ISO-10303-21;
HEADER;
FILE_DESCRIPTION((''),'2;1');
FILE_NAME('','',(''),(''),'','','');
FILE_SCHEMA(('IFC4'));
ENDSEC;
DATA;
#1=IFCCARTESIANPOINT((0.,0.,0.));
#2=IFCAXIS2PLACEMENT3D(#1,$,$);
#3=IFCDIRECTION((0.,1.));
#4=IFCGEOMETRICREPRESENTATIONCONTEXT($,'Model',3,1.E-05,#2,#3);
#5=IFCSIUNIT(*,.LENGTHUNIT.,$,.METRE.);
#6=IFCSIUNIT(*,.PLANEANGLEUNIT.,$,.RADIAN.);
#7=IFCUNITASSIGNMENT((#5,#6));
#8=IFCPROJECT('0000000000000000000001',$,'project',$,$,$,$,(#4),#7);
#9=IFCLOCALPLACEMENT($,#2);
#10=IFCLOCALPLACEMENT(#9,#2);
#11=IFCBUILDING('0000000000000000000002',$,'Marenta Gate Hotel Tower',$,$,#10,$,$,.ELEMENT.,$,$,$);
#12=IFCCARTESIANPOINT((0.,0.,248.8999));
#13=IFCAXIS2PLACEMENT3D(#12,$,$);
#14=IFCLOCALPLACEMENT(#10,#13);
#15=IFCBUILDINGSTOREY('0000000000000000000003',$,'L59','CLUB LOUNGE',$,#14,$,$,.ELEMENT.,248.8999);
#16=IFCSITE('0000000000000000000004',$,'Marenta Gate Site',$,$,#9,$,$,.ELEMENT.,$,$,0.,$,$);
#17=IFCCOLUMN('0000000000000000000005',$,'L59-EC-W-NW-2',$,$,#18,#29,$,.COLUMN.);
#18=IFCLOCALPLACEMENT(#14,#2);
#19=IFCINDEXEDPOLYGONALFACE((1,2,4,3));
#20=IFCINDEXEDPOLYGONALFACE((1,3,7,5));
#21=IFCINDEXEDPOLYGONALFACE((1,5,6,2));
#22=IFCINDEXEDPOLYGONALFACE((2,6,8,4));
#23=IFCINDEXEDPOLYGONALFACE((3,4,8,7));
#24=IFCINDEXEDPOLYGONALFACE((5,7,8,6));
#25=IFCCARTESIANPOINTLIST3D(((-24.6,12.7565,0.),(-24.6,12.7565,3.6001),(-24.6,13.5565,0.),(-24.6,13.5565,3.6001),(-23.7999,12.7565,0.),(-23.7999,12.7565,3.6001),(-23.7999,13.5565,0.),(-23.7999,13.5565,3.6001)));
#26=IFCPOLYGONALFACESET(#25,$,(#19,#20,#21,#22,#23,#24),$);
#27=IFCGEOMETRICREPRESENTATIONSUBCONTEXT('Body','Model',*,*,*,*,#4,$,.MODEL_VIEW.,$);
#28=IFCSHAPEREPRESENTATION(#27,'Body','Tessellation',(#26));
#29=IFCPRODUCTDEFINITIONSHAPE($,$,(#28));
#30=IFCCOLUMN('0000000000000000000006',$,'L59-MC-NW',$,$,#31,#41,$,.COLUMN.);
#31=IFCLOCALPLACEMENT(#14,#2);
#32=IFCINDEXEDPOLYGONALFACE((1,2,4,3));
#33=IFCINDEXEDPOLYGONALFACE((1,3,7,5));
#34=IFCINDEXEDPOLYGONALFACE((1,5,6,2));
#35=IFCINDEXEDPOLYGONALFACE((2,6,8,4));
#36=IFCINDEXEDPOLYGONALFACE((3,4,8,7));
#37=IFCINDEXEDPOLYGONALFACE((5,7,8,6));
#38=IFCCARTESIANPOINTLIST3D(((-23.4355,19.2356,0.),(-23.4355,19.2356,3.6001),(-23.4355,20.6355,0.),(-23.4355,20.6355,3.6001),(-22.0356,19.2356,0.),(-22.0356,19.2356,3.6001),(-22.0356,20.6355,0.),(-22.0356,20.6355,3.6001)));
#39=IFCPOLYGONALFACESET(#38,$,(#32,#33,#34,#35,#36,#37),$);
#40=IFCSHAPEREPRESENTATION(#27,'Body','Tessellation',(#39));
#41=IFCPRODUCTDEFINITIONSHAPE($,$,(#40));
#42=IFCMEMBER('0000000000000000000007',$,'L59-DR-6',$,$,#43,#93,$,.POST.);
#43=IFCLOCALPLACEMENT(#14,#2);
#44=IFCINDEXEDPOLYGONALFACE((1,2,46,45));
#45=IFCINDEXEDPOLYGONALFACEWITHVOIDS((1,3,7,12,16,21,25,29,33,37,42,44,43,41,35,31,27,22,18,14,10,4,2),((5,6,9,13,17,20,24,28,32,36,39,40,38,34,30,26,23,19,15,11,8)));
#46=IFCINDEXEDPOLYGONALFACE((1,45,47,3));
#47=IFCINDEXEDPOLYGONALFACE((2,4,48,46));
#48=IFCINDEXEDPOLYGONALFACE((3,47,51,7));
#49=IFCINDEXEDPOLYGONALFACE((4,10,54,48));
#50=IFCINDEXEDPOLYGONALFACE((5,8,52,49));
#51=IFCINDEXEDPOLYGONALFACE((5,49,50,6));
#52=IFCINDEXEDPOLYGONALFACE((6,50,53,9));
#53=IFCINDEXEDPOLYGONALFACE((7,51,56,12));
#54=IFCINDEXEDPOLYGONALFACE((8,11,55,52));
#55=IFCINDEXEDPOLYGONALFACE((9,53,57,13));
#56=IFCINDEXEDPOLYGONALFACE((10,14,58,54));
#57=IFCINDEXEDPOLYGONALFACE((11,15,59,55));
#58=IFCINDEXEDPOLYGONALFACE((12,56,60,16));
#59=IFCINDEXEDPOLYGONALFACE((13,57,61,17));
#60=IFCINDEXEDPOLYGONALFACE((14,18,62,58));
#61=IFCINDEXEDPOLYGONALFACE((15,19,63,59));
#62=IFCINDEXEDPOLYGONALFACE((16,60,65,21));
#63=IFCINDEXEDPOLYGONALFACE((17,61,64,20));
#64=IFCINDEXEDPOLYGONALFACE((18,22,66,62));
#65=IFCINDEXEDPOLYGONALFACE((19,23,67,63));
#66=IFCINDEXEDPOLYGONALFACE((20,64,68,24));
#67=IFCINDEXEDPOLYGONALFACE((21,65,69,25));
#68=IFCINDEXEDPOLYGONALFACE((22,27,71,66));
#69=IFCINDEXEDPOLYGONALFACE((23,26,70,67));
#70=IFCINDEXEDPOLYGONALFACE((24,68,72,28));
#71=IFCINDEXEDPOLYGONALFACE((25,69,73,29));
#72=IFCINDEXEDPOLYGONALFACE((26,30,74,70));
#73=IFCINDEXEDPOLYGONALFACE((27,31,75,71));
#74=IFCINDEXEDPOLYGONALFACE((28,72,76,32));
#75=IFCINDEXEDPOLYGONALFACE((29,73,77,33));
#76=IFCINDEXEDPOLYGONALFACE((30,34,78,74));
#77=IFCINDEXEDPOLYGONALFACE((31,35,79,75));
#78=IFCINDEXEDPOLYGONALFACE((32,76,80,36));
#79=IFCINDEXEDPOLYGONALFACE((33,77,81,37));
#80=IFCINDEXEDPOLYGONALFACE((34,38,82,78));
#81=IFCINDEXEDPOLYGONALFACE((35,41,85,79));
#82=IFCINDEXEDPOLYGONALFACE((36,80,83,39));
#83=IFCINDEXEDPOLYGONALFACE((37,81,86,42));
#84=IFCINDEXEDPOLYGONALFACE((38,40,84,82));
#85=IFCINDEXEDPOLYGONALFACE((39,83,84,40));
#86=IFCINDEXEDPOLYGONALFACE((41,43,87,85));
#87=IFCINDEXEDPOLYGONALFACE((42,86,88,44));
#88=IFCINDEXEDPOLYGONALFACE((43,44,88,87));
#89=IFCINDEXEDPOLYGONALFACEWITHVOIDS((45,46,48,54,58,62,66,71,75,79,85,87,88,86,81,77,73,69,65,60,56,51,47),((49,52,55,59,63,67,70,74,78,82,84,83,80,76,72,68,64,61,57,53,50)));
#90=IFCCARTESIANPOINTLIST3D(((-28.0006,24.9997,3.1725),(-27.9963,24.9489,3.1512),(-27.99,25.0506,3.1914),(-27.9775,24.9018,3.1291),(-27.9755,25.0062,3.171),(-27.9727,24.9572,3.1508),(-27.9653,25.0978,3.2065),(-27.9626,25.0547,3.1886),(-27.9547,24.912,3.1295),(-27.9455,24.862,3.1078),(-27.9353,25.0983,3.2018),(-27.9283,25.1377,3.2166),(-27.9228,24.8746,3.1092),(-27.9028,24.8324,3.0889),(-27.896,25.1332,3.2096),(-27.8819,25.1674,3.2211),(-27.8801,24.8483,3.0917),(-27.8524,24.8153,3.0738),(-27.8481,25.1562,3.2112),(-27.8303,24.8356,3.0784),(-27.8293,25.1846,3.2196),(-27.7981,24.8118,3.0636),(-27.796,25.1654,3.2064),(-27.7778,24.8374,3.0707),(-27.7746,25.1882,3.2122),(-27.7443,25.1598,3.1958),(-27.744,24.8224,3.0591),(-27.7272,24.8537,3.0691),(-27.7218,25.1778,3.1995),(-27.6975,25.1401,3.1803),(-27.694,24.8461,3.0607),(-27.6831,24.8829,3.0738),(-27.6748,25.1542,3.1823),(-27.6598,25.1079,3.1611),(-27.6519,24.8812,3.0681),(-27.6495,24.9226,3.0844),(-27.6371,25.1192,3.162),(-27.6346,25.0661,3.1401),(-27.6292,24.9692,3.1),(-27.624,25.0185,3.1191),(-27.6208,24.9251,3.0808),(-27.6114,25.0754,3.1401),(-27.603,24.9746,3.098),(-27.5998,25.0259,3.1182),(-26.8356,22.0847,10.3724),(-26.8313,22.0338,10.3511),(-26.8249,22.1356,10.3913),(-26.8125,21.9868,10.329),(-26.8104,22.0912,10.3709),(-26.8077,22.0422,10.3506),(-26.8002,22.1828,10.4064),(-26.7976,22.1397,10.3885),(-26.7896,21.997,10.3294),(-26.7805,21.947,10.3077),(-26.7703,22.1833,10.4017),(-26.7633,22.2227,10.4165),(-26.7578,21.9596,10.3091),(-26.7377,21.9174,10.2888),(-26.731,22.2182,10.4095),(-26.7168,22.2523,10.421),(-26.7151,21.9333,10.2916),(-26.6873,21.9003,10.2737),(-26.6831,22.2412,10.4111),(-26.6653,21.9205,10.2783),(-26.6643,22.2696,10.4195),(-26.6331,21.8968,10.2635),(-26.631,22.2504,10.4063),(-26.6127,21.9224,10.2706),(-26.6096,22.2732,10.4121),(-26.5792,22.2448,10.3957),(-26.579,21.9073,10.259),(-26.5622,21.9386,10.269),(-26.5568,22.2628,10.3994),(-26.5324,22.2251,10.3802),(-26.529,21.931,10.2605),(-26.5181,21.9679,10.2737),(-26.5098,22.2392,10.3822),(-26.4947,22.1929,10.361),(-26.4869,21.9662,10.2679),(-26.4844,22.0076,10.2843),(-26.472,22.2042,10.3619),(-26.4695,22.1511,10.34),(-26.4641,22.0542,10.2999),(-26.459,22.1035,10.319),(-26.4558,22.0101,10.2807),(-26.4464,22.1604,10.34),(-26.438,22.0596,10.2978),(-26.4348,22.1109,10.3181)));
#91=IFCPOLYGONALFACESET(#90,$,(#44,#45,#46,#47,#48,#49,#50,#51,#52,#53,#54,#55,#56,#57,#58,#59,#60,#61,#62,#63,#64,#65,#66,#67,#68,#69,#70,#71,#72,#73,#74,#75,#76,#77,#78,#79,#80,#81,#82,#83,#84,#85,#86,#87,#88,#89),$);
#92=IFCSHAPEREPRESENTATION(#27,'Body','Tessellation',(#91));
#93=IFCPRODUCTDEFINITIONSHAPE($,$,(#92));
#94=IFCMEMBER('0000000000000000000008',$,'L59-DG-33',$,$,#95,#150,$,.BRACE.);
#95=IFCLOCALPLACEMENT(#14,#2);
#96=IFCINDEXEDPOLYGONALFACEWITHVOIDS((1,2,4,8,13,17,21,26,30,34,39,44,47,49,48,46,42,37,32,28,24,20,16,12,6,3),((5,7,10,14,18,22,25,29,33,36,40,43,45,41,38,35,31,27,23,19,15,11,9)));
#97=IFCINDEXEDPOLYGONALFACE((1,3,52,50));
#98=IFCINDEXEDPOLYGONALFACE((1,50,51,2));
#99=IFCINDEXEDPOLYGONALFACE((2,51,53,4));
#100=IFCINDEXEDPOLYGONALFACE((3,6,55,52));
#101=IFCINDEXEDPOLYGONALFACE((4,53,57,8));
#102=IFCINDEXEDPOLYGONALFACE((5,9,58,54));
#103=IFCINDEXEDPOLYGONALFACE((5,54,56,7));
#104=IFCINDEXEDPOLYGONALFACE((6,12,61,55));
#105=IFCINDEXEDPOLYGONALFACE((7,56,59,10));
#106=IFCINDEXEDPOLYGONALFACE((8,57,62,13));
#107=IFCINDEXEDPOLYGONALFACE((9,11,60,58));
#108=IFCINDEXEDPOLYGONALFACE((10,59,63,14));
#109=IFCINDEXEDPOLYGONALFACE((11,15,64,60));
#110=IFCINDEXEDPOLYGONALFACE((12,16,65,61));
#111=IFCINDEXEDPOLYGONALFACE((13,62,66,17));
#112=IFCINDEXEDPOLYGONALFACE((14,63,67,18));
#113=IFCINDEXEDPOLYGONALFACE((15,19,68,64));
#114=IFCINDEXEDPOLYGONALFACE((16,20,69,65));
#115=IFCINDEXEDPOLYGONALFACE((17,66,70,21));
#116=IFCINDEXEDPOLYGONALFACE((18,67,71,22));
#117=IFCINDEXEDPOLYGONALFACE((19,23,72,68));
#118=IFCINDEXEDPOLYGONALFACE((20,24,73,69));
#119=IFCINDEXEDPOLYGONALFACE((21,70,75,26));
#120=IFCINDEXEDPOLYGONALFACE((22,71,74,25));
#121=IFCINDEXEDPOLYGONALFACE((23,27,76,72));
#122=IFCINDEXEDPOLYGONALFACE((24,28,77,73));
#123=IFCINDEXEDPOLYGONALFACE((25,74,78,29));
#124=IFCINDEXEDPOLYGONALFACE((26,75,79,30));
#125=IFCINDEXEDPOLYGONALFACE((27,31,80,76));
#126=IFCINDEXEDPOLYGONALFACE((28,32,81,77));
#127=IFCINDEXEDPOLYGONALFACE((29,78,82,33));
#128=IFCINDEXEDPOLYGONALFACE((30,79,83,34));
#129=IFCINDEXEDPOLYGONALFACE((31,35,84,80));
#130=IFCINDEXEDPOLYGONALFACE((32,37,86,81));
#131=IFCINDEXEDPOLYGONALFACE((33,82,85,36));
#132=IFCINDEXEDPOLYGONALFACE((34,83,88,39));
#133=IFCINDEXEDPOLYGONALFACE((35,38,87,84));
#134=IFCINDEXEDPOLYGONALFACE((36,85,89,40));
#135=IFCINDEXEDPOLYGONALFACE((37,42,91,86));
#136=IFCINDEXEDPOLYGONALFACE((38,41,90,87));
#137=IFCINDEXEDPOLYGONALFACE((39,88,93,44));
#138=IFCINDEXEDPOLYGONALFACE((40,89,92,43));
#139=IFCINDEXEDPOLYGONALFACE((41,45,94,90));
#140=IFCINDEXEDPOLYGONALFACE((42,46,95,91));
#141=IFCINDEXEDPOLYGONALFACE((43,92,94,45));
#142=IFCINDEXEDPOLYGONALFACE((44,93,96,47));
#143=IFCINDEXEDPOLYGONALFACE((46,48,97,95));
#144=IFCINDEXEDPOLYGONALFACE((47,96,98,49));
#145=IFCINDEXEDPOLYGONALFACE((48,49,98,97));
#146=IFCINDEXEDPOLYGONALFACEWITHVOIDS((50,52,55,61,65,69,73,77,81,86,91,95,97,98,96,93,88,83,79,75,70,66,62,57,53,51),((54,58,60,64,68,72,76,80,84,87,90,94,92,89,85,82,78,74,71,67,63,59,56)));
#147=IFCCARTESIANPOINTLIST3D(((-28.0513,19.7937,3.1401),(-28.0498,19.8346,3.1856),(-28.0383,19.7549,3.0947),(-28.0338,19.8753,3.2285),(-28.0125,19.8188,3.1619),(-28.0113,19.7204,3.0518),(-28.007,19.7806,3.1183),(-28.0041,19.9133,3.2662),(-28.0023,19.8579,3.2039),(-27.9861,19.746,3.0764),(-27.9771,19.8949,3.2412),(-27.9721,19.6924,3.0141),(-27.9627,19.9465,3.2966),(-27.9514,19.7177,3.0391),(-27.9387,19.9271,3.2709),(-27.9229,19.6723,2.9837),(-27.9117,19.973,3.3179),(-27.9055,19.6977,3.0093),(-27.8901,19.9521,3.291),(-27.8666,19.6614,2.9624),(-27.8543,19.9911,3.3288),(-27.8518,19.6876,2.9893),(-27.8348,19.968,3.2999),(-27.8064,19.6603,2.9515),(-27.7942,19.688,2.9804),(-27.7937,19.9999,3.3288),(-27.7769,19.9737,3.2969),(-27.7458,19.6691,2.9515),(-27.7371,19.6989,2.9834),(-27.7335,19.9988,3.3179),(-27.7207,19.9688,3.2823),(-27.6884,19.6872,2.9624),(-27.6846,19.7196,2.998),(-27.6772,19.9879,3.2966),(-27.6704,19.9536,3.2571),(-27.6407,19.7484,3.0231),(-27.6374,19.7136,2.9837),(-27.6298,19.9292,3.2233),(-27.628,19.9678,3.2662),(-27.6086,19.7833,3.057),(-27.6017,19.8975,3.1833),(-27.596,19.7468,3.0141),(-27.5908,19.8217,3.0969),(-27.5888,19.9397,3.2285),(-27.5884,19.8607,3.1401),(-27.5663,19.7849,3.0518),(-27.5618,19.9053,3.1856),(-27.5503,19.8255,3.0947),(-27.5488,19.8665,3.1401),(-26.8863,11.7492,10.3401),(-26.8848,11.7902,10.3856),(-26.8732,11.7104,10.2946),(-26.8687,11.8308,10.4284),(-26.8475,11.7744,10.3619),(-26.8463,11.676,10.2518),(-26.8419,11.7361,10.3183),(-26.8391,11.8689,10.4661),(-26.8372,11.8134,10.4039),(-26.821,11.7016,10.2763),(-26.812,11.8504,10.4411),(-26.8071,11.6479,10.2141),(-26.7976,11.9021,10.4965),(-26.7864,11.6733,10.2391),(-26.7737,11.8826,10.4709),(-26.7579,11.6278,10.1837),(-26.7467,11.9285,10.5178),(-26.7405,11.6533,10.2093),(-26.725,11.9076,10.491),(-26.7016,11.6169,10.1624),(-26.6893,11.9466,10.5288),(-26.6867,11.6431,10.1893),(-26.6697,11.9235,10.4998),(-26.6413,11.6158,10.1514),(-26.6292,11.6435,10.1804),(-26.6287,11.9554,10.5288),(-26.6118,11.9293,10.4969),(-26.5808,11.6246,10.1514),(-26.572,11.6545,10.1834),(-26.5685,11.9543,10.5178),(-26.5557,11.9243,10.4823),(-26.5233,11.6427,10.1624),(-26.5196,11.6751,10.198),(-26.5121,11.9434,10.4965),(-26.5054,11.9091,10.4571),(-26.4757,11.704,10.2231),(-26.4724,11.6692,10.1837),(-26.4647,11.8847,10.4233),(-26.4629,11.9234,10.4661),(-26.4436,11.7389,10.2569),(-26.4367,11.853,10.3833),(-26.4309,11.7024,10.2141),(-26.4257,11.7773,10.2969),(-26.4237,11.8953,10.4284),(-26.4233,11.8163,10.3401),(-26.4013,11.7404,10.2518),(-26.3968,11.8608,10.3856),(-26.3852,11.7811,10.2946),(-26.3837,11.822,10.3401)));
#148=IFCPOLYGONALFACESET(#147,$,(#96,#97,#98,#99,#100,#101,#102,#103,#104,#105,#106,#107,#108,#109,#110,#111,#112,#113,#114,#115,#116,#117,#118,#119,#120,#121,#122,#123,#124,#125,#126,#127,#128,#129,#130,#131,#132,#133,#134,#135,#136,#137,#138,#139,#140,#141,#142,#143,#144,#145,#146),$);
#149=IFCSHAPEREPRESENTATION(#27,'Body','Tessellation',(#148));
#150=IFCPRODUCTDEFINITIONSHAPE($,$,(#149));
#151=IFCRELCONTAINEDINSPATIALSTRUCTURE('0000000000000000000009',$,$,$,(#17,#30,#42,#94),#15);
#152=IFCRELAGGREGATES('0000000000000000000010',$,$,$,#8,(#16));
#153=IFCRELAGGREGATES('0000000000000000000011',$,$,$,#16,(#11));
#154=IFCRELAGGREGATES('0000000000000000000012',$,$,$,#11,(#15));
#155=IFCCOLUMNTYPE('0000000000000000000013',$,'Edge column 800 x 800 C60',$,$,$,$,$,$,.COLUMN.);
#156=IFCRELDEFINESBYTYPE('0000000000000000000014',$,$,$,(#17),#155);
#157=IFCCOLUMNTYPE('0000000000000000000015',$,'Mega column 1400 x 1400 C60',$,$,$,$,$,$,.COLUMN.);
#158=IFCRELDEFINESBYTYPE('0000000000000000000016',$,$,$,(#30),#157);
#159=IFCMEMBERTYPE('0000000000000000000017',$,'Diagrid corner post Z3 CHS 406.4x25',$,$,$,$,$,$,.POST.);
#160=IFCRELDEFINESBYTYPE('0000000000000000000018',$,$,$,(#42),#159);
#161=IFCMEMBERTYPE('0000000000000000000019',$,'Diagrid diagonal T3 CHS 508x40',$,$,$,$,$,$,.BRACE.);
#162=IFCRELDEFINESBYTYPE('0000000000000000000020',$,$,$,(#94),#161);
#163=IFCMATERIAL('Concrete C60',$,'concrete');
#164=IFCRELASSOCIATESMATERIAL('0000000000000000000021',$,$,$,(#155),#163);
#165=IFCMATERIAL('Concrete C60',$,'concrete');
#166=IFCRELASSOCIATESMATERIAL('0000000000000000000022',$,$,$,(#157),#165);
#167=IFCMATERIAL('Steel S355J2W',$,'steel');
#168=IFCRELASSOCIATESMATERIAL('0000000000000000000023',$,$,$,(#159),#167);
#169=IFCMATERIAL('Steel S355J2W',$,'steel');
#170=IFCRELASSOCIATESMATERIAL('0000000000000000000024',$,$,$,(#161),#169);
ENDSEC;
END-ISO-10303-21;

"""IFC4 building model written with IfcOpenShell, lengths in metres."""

from ifc_helpers import new_model, si_unit, direction, frame, origin, origin_2d, place, context, subcontext, project, spatial, rectangle, hollow_circle, extrude, material, material_profile, profile_set, type_object, element, save


model = new_model("IFC4")

# Units and contexts
model_context = context("Model", 3, precision=1e-05, world=origin(), true_north=direction((0.0, 1.0)))
body_context = subcontext(model_context, "Body", "Model", "MODEL_VIEW")
ifc_project = project(units=[si_unit("LENGTHUNIT", "METRE"), si_unit("PLANEANGLEUNIT", "RADIAN")], contexts=[model_context])

# Site, building, storey
site_placement = place(None, origin())
site = spatial("IfcSite", under=ifc_project, at=site_placement, Name="Marenta Gate Site", CompositionType="ELEMENT", RefElevation=0.0)
building_placement = place(site_placement, origin())
building = spatial("IfcBuilding", under=site, at=building_placement, Name="Marenta Gate Hotel Tower", CompositionType="ELEMENT")
storey_placement = place(building_placement, frame((0.0, 0.0, 248.8999)))
storey = spatial("IfcBuildingStorey", under=building, at=storey_placement, Name="L59", Description="CLUB LOUNGE", CompositionType="ELEMENT", Elevation=248.8999)

# Columns
ifc_material_1 = material(Name="Concrete C60", Category="concrete")
ifc_material_profile_1 = material_profile(ifc_material_1, rectangle(XDim=0.8, YDim=0.8, at=origin_2d()), Name="800 x 800")
ifc_profile_set_1 = profile_set([ifc_material_profile_1], Name="Concrete C60")
column_type_1 = type_object("IfcColumnType", Name="Edge column 800 x 800 C60", PredefinedType="COLUMN", material=ifc_profile_set_1)
column_1_placement = place(storey_placement, frame((-24.2, 13.1565, 0.0), z_axis=(0.0, 0.0, 1.0), x_axis=(1.0, 0.0, 0.0)))
element("IfcColumn", 1, at=column_1_placement, inside=storey, type_object=column_type_1, Name="L59-EC-W-NW-2", PredefinedType="COLUMN", context=body_context, shape_type="SweptSolid", body=[
    extrude(rectangle(XDim=0.8, YDim=0.8, at=origin_2d()), origin(), (0.0, 0.0, 1.0), 3.6001),
])
ifc_material_2 = material(Name="Concrete C60", Category="concrete")
ifc_material_profile_2 = material_profile(ifc_material_2, rectangle(XDim=1.3999, YDim=1.3999, at=origin_2d()), Name="1400 x 1400")
ifc_profile_set_2 = profile_set([ifc_material_profile_2], Name="Concrete C60")
column_type_2 = type_object("IfcColumnType", Name="Mega column 1400 x 1400 C60", PredefinedType="COLUMN", material=ifc_profile_set_2)
column_2_placement = place(storey_placement, frame((-22.7356, 19.9355, 0.0), z_axis=(0.0, 0.0, 1.0), x_axis=(1.0, 0.0, 0.0)))
element("IfcColumn", 2, at=column_2_placement, inside=storey, type_object=column_type_2, Name="L59-MC-NW", PredefinedType="COLUMN", context=body_context, shape_type="SweptSolid", body=[
    extrude(rectangle(XDim=1.3999, YDim=1.3999, at=origin_2d()), origin(), (0.0, 0.0, 1.0), 3.6001),
])

# Members
ifc_material_3 = material(Name="Steel S355J2W", Category="steel")
ifc_material_profile_3 = material_profile(ifc_material_3, hollow_circle(Radius=0.2031, WallThickness=0.0249, at=origin_2d()), Name="CHS 406.4x25")
ifc_profile_set_3 = profile_set([ifc_material_profile_3], Name="Steel S355J2W")
member_type_1 = type_object("IfcMemberType", Name="Diagrid corner post Z3 CHS 406.4x25", PredefinedType="POST", material=ifc_profile_set_3)
member_1_placement = place(storey_placement, frame((-27.8, 25.0, 3.1401), z_axis=(0.148327, -0.371127, 0.916659), x_axis=(0.928584, 0.371122, 0.0)))
element("IfcMember", 3, at=member_1_placement, inside=storey, type_object=member_type_1, Name="L59-DR-6", PredefinedType="POST", context=body_context, shape_type="SweptSolid", body=[
    extrude(hollow_circle(Radius=0.2031, WallThickness=0.0249, at=origin_2d()), origin(), (0.0, 0.0, 1.0), 7.8545),
])
ifc_material_4 = material(Name="Steel S355J2W", Category="steel")
ifc_material_profile_4 = material_profile(ifc_material_4, hollow_circle(Radius=0.2539, WallThickness=0.04, at=origin_2d()), Name="CHS 508x40")
ifc_profile_set_4 = profile_set([ifc_material_profile_4], Name="Steel S355J2W")
member_type_2 = type_object("IfcMemberType", Name="Diagrid diagonal T3 CHS 508x40", PredefinedType="BRACE", material=ifc_profile_set_4)
member_2_placement = place(storey_placement, frame((-27.8, 19.8301, 3.1401), z_axis=(0.107292, -0.740834, 0.663063), x_axis=(0.989675, 0.14333, 0.0)))
element("IfcMember", 4, at=member_2_placement, inside=storey, type_object=member_type_2, Name="L59-DG-33", PredefinedType="BRACE", context=body_context, shape_type="SweptSolid", body=[
    extrude(hollow_circle(Radius=0.2539, WallThickness=0.04, at=origin_2d()), origin(), (0.0, 0.0, 1.0), 10.8586),
])

save(model, "model.ifc")
